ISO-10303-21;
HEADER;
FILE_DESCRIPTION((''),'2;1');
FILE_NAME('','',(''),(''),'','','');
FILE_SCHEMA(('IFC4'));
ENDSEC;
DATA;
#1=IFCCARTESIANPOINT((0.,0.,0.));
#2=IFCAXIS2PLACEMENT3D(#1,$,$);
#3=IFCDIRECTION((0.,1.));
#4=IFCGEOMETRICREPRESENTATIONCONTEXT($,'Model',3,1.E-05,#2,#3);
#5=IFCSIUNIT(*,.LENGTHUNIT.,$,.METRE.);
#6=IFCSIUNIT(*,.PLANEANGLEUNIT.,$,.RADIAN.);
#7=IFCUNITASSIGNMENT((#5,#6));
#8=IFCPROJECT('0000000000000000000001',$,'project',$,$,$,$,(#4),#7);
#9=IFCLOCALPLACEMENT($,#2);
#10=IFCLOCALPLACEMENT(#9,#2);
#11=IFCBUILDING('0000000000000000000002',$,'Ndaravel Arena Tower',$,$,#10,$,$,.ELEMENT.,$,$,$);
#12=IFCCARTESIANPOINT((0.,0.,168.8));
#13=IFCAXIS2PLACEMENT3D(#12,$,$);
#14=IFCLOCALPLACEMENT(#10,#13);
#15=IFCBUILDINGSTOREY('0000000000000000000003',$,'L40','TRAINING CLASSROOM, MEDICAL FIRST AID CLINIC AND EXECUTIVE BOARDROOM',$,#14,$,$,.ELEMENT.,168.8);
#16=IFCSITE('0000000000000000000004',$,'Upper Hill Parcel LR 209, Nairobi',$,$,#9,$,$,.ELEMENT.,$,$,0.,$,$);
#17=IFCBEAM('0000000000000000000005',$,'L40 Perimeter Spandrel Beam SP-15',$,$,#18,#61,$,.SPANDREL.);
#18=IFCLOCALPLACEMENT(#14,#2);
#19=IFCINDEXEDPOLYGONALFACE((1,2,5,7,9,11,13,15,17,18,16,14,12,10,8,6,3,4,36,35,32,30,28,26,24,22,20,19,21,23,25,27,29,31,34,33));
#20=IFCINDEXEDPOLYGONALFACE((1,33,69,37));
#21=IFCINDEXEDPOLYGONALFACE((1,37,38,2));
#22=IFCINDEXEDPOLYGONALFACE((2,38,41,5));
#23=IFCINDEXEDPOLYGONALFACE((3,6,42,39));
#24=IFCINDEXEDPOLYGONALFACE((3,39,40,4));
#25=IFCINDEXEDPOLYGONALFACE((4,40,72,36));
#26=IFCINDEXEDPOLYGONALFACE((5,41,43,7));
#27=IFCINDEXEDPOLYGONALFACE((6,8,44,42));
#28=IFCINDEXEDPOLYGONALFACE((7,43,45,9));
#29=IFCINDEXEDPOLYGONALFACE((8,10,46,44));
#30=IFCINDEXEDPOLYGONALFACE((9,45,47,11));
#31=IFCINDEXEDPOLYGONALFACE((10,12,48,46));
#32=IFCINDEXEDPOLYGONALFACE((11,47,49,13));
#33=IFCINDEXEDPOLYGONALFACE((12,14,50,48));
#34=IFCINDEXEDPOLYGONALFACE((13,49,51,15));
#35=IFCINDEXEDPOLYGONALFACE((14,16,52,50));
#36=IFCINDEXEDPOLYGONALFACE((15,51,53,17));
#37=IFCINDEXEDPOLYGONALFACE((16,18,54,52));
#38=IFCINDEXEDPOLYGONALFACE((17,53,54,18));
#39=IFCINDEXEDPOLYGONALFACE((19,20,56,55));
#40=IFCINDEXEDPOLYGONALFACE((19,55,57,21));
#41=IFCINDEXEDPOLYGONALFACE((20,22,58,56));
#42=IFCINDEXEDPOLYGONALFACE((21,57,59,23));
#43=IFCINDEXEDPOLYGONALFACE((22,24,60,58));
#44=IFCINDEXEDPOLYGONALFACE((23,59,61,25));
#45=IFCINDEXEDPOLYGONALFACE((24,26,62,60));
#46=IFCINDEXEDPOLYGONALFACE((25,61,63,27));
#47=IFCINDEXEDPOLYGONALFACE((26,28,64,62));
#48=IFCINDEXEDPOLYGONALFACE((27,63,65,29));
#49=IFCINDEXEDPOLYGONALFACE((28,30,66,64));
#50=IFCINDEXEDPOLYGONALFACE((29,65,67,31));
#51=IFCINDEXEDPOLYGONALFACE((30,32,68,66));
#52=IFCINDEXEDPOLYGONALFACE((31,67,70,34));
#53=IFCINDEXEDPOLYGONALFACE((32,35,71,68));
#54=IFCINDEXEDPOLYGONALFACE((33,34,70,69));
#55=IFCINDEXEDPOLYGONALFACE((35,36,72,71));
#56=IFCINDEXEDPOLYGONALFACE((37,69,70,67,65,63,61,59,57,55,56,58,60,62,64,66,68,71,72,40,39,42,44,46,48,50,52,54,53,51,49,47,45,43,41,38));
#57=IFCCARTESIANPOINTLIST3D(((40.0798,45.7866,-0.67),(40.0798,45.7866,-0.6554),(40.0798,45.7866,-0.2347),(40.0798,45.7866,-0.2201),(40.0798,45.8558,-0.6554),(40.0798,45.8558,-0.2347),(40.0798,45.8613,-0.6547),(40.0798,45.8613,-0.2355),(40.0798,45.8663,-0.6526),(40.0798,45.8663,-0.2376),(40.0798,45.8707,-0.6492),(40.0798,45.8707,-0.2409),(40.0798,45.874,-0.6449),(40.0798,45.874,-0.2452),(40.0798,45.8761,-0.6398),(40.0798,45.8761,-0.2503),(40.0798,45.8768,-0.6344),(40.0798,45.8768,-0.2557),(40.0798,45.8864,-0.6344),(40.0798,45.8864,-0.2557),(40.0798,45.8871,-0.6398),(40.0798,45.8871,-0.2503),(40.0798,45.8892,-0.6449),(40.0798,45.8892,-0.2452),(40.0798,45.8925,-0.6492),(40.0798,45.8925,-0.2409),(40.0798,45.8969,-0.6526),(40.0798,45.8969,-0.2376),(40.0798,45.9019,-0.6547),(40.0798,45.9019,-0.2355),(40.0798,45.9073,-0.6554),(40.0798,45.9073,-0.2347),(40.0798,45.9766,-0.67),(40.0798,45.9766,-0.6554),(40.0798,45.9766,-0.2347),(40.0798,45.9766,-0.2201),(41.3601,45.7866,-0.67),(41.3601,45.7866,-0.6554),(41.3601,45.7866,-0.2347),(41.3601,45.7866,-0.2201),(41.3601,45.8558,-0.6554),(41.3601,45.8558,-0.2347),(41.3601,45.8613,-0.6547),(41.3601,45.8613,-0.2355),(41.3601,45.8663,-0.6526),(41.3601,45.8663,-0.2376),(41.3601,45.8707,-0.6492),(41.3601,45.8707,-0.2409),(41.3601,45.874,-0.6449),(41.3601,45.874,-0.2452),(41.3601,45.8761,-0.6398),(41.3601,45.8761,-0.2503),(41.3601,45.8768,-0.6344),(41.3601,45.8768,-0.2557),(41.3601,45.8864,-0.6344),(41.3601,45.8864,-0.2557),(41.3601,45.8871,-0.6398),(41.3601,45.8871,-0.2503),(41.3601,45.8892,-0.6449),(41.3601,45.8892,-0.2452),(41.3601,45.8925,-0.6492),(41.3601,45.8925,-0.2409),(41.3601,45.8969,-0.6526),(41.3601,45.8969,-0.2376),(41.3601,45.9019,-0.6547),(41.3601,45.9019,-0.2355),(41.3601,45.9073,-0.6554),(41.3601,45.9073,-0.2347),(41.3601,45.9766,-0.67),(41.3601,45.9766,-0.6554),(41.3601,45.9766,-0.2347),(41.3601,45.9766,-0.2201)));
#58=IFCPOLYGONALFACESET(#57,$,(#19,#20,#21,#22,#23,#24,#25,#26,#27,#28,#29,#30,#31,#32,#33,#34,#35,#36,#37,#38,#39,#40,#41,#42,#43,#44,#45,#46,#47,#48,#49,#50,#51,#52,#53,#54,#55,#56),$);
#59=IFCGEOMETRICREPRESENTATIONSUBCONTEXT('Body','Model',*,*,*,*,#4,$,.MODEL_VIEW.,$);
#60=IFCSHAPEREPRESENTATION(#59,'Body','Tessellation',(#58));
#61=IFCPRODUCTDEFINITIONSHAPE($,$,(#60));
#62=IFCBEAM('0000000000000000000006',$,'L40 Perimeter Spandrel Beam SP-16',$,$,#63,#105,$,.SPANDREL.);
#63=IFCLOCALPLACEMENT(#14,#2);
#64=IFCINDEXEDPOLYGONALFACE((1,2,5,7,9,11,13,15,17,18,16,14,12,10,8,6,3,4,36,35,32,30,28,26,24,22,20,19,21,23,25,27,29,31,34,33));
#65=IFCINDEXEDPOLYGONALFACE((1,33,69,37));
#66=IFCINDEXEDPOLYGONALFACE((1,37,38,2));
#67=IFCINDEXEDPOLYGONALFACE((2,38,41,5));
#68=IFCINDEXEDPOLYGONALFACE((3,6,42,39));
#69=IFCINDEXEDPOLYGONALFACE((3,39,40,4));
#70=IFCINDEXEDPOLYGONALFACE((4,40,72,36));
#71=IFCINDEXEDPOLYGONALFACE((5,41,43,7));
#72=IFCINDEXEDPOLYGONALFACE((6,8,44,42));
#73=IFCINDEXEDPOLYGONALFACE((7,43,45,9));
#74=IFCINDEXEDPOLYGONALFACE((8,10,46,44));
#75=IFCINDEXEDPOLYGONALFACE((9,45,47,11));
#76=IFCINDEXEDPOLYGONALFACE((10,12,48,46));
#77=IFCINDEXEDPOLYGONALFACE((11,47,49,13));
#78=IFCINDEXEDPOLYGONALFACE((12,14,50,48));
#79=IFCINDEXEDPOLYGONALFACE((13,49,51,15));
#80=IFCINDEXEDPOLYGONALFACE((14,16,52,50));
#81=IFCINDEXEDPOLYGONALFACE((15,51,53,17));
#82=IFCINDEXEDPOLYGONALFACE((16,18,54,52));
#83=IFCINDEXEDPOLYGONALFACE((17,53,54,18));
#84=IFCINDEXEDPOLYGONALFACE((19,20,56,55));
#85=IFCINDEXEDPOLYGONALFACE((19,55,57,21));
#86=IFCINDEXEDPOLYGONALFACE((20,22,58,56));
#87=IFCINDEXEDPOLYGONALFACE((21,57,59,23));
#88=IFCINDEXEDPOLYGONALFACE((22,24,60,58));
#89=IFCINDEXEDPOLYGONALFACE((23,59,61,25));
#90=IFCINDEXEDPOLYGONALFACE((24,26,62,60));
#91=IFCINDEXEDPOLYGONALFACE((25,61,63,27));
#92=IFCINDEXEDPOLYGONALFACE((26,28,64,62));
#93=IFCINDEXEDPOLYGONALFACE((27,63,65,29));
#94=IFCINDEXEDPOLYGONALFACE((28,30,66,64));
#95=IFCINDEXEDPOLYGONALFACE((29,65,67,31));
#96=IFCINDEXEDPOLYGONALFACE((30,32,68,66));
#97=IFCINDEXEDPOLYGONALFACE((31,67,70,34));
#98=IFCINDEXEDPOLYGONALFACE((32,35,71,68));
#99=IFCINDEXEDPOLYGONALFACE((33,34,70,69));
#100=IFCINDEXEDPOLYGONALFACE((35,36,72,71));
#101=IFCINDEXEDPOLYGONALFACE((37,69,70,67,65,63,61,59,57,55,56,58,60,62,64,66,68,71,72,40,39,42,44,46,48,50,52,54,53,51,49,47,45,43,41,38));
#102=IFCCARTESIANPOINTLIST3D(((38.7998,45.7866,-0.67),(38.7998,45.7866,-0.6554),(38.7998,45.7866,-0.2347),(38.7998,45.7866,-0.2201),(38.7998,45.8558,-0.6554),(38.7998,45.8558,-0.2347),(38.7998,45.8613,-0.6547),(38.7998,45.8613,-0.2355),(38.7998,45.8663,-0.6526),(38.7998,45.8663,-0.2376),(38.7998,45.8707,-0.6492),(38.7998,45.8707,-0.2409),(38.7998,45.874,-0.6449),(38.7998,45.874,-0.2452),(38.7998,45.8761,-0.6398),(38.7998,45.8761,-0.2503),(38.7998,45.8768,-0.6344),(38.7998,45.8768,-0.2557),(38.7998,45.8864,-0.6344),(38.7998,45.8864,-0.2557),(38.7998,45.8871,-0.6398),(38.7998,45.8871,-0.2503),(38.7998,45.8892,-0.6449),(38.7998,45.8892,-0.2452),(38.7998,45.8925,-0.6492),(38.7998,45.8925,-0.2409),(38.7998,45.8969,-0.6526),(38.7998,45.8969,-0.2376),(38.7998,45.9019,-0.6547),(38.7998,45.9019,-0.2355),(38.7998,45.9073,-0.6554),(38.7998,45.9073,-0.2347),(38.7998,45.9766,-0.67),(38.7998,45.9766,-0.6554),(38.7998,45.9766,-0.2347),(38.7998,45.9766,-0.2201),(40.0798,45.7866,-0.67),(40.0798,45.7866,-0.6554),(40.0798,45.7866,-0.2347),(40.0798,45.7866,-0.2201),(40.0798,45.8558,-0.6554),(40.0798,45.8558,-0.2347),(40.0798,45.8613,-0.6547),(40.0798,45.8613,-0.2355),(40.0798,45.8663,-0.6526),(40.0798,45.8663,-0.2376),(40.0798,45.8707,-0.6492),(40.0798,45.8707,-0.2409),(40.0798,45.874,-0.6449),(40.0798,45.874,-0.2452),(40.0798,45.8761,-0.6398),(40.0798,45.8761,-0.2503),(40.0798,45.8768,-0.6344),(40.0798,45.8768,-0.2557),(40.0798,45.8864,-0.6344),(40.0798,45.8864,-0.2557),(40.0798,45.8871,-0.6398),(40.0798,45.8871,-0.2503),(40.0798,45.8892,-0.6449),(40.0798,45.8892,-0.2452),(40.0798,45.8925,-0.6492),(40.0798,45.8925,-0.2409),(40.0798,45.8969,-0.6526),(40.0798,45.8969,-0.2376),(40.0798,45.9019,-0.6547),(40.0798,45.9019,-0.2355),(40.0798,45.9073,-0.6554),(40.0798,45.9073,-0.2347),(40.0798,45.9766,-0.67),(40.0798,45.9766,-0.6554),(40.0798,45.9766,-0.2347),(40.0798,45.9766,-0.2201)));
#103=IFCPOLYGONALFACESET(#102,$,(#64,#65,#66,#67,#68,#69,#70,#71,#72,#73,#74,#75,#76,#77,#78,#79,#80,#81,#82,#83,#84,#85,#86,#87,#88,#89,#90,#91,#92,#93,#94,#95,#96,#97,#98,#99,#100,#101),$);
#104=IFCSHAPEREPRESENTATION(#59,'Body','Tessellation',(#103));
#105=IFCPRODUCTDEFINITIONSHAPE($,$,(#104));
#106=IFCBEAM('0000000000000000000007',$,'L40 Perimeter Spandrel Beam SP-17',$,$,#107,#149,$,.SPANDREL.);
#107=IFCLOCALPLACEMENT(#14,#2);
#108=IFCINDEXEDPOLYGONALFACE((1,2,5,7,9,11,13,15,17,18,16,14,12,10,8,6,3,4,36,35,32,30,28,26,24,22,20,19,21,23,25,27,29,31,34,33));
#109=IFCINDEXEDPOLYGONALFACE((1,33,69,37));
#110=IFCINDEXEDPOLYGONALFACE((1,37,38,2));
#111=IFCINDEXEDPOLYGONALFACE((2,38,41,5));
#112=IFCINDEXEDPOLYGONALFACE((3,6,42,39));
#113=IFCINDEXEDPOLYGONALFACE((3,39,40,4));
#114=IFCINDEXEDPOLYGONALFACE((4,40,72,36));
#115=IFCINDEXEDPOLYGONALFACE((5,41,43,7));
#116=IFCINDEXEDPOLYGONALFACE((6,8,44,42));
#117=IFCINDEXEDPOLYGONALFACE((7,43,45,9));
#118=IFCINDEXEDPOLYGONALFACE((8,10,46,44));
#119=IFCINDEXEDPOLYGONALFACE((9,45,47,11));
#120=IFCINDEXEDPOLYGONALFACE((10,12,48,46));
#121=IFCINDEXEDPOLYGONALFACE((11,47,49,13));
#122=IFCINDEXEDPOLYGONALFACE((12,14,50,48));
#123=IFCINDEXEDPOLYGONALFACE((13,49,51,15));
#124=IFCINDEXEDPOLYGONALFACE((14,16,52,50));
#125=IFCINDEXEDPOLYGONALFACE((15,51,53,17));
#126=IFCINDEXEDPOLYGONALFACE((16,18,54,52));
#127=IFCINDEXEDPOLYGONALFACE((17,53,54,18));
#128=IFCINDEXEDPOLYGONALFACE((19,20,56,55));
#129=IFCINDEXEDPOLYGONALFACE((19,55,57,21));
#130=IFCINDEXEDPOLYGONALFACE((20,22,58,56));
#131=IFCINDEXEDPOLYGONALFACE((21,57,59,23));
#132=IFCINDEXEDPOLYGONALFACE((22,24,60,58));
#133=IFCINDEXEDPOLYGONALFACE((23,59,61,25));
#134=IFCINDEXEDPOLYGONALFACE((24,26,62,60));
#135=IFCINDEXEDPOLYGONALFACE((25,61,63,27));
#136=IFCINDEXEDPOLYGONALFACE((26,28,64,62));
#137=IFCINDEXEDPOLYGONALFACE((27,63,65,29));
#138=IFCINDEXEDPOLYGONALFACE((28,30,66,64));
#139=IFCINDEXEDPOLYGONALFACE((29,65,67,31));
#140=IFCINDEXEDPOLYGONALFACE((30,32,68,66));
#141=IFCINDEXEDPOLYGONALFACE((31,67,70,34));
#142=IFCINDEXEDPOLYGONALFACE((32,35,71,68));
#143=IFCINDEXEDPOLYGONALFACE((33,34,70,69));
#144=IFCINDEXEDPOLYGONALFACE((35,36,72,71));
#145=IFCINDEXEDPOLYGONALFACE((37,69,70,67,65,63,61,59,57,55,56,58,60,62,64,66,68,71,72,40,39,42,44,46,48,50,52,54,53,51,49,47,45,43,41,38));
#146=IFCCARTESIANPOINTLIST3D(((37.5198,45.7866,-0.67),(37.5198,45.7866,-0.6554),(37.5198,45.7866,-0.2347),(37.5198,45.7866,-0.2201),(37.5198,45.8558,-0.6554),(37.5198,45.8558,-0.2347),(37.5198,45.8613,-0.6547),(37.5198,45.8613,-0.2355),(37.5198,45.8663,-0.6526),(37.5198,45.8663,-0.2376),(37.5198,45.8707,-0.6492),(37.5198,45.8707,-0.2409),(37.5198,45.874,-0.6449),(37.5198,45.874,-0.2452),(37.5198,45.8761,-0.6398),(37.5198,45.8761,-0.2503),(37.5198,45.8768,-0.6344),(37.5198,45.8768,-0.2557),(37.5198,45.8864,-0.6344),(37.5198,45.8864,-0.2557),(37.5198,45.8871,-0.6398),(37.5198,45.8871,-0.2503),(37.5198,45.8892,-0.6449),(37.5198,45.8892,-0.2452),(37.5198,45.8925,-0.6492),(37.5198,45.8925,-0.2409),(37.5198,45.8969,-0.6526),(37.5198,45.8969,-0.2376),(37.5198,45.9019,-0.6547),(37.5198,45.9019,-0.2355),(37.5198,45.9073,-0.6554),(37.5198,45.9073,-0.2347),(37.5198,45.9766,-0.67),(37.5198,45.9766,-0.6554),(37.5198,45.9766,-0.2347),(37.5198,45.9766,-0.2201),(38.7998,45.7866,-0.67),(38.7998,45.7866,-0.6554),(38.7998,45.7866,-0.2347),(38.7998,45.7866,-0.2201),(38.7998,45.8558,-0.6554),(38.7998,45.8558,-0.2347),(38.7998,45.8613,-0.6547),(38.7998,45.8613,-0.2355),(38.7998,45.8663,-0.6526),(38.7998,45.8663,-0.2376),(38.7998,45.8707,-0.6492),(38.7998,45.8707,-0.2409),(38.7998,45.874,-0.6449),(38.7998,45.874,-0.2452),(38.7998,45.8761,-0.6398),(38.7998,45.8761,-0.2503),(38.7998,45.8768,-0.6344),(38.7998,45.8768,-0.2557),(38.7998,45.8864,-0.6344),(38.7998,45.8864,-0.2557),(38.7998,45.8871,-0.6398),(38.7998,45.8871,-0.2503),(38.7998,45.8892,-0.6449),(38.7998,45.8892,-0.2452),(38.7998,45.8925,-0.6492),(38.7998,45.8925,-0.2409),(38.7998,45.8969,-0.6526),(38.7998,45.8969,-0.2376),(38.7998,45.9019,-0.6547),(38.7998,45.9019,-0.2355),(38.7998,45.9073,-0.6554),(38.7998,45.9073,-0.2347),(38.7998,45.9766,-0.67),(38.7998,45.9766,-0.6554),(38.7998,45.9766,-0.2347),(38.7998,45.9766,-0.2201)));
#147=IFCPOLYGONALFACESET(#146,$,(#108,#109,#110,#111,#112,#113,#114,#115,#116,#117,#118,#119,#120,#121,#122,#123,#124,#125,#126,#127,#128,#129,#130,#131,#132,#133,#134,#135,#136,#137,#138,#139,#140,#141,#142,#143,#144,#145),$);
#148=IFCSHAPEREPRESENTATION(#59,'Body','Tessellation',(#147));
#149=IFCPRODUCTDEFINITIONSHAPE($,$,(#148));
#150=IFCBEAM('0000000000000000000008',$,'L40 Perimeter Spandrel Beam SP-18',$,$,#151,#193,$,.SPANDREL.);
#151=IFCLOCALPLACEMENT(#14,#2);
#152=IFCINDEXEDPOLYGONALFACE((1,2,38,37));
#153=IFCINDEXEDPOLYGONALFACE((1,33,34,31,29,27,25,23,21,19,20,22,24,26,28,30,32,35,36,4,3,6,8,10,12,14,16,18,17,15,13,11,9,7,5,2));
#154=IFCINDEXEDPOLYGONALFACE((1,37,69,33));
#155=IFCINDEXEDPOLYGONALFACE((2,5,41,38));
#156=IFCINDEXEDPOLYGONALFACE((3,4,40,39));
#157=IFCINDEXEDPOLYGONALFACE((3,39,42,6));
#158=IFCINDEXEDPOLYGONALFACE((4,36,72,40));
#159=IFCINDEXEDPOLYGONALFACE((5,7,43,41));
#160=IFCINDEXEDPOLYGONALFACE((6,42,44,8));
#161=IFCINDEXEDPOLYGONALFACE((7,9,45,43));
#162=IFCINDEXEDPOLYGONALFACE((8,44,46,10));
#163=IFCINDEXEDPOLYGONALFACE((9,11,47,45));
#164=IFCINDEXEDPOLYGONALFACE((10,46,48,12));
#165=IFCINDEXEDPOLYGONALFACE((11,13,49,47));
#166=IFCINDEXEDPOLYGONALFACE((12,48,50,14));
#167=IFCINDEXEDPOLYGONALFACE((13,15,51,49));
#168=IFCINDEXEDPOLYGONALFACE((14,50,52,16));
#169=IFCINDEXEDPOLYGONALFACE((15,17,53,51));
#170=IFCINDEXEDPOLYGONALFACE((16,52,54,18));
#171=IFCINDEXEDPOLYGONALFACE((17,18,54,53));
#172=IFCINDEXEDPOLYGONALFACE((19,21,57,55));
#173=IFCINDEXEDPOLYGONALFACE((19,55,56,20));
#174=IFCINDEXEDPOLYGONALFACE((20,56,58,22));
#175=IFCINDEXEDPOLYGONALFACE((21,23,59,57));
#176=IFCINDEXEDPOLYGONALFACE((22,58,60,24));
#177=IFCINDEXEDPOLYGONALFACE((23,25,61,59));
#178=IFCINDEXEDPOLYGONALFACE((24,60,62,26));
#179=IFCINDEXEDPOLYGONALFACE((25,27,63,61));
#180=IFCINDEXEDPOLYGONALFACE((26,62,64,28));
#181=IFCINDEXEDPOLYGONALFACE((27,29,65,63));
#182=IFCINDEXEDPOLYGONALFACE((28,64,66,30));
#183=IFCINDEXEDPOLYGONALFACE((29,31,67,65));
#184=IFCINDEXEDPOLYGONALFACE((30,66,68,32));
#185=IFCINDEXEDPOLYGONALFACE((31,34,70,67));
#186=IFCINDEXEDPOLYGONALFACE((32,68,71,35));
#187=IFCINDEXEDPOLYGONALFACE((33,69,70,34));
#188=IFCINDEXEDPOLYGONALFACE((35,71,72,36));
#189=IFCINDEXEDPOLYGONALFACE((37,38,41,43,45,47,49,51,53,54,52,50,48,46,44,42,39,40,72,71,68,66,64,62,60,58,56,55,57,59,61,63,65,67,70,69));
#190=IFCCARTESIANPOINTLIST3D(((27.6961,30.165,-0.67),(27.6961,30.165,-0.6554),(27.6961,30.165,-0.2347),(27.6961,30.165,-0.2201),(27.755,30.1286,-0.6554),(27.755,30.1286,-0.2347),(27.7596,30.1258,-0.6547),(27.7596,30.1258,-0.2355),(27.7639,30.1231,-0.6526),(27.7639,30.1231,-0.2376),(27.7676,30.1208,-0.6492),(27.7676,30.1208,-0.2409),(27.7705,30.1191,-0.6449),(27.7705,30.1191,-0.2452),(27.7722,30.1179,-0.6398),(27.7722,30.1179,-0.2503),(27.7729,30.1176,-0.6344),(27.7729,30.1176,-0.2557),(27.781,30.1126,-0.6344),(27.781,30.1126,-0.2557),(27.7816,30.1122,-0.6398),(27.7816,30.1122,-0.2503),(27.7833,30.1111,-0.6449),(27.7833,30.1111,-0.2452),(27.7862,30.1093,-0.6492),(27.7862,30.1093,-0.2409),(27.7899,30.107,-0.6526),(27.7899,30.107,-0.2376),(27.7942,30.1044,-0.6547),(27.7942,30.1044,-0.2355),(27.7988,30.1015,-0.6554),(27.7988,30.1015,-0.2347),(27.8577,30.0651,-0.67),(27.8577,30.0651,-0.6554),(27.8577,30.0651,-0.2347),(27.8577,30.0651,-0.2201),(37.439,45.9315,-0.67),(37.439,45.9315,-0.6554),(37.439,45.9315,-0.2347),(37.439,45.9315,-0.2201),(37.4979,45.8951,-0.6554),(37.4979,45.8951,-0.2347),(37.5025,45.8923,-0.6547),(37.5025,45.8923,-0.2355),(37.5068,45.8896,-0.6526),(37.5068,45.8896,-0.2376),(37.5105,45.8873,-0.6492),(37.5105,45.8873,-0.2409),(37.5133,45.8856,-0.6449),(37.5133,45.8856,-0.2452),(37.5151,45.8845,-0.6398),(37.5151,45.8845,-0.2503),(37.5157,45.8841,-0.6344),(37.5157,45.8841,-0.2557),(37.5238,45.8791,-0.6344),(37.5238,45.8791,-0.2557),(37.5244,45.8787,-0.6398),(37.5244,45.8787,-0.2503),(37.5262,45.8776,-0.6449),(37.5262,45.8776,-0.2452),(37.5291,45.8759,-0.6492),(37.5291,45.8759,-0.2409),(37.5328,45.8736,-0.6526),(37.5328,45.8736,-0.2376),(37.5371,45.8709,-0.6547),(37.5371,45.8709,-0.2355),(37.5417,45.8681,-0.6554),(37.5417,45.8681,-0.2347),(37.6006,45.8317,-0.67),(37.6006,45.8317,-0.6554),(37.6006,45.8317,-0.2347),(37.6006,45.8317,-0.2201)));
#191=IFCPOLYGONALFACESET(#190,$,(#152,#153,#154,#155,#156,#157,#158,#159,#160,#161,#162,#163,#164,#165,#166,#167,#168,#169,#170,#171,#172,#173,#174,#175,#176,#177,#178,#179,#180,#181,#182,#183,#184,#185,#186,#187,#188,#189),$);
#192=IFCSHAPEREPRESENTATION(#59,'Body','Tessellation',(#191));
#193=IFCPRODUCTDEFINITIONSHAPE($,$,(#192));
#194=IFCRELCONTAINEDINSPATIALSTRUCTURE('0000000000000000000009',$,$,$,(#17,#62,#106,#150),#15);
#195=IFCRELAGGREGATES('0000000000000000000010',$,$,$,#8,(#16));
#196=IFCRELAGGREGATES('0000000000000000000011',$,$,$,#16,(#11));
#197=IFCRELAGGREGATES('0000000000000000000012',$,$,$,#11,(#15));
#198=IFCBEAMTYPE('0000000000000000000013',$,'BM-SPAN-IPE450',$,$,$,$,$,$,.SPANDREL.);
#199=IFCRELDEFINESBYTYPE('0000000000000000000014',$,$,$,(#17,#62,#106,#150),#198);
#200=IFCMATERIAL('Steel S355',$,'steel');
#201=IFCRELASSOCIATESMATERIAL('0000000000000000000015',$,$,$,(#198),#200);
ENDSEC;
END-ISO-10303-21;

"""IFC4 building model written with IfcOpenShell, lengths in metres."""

from ifc_helpers import new_model, si_unit, direction, frame, origin, origin_2d, place, context, subcontext, project, spatial, i_section, extrude, material, material_profile, profile_set, type_object, element, save


model = new_model("IFC4")

# Units and contexts
model_context = context("Model", 3, precision=1e-05, world=origin(), true_north=direction((0.0, 1.0)))
body_context = subcontext(model_context, "Body", "Model", "MODEL_VIEW")
ifc_project = project(units=[si_unit("LENGTHUNIT", "METRE"), si_unit("PLANEANGLEUNIT", "RADIAN")], contexts=[model_context])

# Site, building, storey
site_placement = place(None, origin())
site = spatial("IfcSite", under=ifc_project, at=site_placement, Name="Upper Hill Parcel LR 209, Nairobi", CompositionType="ELEMENT", RefElevation=0.0)
building_placement = place(site_placement, origin())
building = spatial("IfcBuilding", under=site, at=building_placement, Name="Ndaravel Arena Tower", CompositionType="ELEMENT")
storey_placement = place(building_placement, frame((0.0, 0.0, 168.8)))
storey = spatial("IfcBuildingStorey", under=building, at=storey_placement, Name="L40", Description="TRAINING CLASSROOM, MEDICAL FIRST AID CLINIC AND EXECUTIVE BOARDROOM", CompositionType="ELEMENT", Elevation=168.8)

# Beams
ifc_material_1 = material(Name="Steel S355", Category="steel")
ifc_material_profile_1 = material_profile(ifc_material_1, i_section(OverallWidth=0.1899, OverallDepth=0.45, WebThickness=0.0095, FlangeThickness=0.0146, FilletRadius=0.021, at=origin_2d()), Name="IPE 450")
ifc_profile_set_1 = profile_set([ifc_material_profile_1], Name="Steel S355")
beam_type_1 = type_object("IfcBeamType", Name="BM-SPAN-IPE450", PredefinedType="SPANDREL", material=ifc_profile_set_1)
beam_1_placement = place(storey_placement, frame((41.3601, 45.8816, -0.4451), z_axis=(-1.0, 0.0, 0.0), x_axis=(0.0, -1.0, 0.0)))
element("IfcBeam", 1, at=beam_1_placement, inside=storey, type_object=beam_type_1, Name="L40 Perimeter Spandrel Beam SP-15", PredefinedType="SPANDREL", context=body_context, shape_type="SweptSolid", body=[
    extrude(i_section(OverallWidth=0.1899, OverallDepth=0.45, WebThickness=0.0095, FlangeThickness=0.0146, FilletRadius=0.021, at=origin_2d()), origin(), (0.0, 0.0, 1.0), 1.2803),
])
for number, where, z_axis, x_axis, name in (
    (2, (40.0798, 45.8816, -0.4451), (-1.0, 0.0, 0.0), (0.0, -1.0, 0.0), "L40 Perimeter Spandrel Beam SP-16"),
    (3, (38.7998, 45.8816, -0.4451), (-1.0, 0.0, 0.0), (0.0, -1.0, 0.0), "L40 Perimeter Spandrel Beam SP-17"),
):
    element("IfcBeam", number, at=place(storey_placement, frame(where, z_axis=z_axis, x_axis=x_axis)), inside=storey, type_object=beam_type_1, Name=name, PredefinedType="SPANDREL", context=body_context, shape_type="SweptSolid", body=[
        extrude(i_section(OverallWidth=0.1899, OverallDepth=0.45, WebThickness=0.0095, FlangeThickness=0.0146, FilletRadius=0.021, at=origin_2d()), origin(), (0.0, 0.0, 1.0), 1.28),
    ])
for number, where, z_axis, x_axis, name in (
    (4, (37.5198, 45.8816, -0.4451), (-0.525677, -0.850684, 0.0), (0.850684, -0.525677, 0.0), "L40 Perimeter Spandrel Beam SP-18"),
):
    element("IfcBeam", number, at=place(storey_placement, frame(where, z_axis=z_axis, x_axis=x_axis)), inside=storey, type_object=beam_type_1, Name=name, PredefinedType="SPANDREL", context=body_context, shape_type="SweptSolid", body=[
        extrude(i_section(OverallWidth=0.1899, OverallDepth=0.45, WebThickness=0.0095, FlangeThickness=0.0146, FilletRadius=0.021, at=origin_2d()), origin(), (0.0, 0.0, 1.0), 18.5339),
    ])

save(model, "model.ifc")
